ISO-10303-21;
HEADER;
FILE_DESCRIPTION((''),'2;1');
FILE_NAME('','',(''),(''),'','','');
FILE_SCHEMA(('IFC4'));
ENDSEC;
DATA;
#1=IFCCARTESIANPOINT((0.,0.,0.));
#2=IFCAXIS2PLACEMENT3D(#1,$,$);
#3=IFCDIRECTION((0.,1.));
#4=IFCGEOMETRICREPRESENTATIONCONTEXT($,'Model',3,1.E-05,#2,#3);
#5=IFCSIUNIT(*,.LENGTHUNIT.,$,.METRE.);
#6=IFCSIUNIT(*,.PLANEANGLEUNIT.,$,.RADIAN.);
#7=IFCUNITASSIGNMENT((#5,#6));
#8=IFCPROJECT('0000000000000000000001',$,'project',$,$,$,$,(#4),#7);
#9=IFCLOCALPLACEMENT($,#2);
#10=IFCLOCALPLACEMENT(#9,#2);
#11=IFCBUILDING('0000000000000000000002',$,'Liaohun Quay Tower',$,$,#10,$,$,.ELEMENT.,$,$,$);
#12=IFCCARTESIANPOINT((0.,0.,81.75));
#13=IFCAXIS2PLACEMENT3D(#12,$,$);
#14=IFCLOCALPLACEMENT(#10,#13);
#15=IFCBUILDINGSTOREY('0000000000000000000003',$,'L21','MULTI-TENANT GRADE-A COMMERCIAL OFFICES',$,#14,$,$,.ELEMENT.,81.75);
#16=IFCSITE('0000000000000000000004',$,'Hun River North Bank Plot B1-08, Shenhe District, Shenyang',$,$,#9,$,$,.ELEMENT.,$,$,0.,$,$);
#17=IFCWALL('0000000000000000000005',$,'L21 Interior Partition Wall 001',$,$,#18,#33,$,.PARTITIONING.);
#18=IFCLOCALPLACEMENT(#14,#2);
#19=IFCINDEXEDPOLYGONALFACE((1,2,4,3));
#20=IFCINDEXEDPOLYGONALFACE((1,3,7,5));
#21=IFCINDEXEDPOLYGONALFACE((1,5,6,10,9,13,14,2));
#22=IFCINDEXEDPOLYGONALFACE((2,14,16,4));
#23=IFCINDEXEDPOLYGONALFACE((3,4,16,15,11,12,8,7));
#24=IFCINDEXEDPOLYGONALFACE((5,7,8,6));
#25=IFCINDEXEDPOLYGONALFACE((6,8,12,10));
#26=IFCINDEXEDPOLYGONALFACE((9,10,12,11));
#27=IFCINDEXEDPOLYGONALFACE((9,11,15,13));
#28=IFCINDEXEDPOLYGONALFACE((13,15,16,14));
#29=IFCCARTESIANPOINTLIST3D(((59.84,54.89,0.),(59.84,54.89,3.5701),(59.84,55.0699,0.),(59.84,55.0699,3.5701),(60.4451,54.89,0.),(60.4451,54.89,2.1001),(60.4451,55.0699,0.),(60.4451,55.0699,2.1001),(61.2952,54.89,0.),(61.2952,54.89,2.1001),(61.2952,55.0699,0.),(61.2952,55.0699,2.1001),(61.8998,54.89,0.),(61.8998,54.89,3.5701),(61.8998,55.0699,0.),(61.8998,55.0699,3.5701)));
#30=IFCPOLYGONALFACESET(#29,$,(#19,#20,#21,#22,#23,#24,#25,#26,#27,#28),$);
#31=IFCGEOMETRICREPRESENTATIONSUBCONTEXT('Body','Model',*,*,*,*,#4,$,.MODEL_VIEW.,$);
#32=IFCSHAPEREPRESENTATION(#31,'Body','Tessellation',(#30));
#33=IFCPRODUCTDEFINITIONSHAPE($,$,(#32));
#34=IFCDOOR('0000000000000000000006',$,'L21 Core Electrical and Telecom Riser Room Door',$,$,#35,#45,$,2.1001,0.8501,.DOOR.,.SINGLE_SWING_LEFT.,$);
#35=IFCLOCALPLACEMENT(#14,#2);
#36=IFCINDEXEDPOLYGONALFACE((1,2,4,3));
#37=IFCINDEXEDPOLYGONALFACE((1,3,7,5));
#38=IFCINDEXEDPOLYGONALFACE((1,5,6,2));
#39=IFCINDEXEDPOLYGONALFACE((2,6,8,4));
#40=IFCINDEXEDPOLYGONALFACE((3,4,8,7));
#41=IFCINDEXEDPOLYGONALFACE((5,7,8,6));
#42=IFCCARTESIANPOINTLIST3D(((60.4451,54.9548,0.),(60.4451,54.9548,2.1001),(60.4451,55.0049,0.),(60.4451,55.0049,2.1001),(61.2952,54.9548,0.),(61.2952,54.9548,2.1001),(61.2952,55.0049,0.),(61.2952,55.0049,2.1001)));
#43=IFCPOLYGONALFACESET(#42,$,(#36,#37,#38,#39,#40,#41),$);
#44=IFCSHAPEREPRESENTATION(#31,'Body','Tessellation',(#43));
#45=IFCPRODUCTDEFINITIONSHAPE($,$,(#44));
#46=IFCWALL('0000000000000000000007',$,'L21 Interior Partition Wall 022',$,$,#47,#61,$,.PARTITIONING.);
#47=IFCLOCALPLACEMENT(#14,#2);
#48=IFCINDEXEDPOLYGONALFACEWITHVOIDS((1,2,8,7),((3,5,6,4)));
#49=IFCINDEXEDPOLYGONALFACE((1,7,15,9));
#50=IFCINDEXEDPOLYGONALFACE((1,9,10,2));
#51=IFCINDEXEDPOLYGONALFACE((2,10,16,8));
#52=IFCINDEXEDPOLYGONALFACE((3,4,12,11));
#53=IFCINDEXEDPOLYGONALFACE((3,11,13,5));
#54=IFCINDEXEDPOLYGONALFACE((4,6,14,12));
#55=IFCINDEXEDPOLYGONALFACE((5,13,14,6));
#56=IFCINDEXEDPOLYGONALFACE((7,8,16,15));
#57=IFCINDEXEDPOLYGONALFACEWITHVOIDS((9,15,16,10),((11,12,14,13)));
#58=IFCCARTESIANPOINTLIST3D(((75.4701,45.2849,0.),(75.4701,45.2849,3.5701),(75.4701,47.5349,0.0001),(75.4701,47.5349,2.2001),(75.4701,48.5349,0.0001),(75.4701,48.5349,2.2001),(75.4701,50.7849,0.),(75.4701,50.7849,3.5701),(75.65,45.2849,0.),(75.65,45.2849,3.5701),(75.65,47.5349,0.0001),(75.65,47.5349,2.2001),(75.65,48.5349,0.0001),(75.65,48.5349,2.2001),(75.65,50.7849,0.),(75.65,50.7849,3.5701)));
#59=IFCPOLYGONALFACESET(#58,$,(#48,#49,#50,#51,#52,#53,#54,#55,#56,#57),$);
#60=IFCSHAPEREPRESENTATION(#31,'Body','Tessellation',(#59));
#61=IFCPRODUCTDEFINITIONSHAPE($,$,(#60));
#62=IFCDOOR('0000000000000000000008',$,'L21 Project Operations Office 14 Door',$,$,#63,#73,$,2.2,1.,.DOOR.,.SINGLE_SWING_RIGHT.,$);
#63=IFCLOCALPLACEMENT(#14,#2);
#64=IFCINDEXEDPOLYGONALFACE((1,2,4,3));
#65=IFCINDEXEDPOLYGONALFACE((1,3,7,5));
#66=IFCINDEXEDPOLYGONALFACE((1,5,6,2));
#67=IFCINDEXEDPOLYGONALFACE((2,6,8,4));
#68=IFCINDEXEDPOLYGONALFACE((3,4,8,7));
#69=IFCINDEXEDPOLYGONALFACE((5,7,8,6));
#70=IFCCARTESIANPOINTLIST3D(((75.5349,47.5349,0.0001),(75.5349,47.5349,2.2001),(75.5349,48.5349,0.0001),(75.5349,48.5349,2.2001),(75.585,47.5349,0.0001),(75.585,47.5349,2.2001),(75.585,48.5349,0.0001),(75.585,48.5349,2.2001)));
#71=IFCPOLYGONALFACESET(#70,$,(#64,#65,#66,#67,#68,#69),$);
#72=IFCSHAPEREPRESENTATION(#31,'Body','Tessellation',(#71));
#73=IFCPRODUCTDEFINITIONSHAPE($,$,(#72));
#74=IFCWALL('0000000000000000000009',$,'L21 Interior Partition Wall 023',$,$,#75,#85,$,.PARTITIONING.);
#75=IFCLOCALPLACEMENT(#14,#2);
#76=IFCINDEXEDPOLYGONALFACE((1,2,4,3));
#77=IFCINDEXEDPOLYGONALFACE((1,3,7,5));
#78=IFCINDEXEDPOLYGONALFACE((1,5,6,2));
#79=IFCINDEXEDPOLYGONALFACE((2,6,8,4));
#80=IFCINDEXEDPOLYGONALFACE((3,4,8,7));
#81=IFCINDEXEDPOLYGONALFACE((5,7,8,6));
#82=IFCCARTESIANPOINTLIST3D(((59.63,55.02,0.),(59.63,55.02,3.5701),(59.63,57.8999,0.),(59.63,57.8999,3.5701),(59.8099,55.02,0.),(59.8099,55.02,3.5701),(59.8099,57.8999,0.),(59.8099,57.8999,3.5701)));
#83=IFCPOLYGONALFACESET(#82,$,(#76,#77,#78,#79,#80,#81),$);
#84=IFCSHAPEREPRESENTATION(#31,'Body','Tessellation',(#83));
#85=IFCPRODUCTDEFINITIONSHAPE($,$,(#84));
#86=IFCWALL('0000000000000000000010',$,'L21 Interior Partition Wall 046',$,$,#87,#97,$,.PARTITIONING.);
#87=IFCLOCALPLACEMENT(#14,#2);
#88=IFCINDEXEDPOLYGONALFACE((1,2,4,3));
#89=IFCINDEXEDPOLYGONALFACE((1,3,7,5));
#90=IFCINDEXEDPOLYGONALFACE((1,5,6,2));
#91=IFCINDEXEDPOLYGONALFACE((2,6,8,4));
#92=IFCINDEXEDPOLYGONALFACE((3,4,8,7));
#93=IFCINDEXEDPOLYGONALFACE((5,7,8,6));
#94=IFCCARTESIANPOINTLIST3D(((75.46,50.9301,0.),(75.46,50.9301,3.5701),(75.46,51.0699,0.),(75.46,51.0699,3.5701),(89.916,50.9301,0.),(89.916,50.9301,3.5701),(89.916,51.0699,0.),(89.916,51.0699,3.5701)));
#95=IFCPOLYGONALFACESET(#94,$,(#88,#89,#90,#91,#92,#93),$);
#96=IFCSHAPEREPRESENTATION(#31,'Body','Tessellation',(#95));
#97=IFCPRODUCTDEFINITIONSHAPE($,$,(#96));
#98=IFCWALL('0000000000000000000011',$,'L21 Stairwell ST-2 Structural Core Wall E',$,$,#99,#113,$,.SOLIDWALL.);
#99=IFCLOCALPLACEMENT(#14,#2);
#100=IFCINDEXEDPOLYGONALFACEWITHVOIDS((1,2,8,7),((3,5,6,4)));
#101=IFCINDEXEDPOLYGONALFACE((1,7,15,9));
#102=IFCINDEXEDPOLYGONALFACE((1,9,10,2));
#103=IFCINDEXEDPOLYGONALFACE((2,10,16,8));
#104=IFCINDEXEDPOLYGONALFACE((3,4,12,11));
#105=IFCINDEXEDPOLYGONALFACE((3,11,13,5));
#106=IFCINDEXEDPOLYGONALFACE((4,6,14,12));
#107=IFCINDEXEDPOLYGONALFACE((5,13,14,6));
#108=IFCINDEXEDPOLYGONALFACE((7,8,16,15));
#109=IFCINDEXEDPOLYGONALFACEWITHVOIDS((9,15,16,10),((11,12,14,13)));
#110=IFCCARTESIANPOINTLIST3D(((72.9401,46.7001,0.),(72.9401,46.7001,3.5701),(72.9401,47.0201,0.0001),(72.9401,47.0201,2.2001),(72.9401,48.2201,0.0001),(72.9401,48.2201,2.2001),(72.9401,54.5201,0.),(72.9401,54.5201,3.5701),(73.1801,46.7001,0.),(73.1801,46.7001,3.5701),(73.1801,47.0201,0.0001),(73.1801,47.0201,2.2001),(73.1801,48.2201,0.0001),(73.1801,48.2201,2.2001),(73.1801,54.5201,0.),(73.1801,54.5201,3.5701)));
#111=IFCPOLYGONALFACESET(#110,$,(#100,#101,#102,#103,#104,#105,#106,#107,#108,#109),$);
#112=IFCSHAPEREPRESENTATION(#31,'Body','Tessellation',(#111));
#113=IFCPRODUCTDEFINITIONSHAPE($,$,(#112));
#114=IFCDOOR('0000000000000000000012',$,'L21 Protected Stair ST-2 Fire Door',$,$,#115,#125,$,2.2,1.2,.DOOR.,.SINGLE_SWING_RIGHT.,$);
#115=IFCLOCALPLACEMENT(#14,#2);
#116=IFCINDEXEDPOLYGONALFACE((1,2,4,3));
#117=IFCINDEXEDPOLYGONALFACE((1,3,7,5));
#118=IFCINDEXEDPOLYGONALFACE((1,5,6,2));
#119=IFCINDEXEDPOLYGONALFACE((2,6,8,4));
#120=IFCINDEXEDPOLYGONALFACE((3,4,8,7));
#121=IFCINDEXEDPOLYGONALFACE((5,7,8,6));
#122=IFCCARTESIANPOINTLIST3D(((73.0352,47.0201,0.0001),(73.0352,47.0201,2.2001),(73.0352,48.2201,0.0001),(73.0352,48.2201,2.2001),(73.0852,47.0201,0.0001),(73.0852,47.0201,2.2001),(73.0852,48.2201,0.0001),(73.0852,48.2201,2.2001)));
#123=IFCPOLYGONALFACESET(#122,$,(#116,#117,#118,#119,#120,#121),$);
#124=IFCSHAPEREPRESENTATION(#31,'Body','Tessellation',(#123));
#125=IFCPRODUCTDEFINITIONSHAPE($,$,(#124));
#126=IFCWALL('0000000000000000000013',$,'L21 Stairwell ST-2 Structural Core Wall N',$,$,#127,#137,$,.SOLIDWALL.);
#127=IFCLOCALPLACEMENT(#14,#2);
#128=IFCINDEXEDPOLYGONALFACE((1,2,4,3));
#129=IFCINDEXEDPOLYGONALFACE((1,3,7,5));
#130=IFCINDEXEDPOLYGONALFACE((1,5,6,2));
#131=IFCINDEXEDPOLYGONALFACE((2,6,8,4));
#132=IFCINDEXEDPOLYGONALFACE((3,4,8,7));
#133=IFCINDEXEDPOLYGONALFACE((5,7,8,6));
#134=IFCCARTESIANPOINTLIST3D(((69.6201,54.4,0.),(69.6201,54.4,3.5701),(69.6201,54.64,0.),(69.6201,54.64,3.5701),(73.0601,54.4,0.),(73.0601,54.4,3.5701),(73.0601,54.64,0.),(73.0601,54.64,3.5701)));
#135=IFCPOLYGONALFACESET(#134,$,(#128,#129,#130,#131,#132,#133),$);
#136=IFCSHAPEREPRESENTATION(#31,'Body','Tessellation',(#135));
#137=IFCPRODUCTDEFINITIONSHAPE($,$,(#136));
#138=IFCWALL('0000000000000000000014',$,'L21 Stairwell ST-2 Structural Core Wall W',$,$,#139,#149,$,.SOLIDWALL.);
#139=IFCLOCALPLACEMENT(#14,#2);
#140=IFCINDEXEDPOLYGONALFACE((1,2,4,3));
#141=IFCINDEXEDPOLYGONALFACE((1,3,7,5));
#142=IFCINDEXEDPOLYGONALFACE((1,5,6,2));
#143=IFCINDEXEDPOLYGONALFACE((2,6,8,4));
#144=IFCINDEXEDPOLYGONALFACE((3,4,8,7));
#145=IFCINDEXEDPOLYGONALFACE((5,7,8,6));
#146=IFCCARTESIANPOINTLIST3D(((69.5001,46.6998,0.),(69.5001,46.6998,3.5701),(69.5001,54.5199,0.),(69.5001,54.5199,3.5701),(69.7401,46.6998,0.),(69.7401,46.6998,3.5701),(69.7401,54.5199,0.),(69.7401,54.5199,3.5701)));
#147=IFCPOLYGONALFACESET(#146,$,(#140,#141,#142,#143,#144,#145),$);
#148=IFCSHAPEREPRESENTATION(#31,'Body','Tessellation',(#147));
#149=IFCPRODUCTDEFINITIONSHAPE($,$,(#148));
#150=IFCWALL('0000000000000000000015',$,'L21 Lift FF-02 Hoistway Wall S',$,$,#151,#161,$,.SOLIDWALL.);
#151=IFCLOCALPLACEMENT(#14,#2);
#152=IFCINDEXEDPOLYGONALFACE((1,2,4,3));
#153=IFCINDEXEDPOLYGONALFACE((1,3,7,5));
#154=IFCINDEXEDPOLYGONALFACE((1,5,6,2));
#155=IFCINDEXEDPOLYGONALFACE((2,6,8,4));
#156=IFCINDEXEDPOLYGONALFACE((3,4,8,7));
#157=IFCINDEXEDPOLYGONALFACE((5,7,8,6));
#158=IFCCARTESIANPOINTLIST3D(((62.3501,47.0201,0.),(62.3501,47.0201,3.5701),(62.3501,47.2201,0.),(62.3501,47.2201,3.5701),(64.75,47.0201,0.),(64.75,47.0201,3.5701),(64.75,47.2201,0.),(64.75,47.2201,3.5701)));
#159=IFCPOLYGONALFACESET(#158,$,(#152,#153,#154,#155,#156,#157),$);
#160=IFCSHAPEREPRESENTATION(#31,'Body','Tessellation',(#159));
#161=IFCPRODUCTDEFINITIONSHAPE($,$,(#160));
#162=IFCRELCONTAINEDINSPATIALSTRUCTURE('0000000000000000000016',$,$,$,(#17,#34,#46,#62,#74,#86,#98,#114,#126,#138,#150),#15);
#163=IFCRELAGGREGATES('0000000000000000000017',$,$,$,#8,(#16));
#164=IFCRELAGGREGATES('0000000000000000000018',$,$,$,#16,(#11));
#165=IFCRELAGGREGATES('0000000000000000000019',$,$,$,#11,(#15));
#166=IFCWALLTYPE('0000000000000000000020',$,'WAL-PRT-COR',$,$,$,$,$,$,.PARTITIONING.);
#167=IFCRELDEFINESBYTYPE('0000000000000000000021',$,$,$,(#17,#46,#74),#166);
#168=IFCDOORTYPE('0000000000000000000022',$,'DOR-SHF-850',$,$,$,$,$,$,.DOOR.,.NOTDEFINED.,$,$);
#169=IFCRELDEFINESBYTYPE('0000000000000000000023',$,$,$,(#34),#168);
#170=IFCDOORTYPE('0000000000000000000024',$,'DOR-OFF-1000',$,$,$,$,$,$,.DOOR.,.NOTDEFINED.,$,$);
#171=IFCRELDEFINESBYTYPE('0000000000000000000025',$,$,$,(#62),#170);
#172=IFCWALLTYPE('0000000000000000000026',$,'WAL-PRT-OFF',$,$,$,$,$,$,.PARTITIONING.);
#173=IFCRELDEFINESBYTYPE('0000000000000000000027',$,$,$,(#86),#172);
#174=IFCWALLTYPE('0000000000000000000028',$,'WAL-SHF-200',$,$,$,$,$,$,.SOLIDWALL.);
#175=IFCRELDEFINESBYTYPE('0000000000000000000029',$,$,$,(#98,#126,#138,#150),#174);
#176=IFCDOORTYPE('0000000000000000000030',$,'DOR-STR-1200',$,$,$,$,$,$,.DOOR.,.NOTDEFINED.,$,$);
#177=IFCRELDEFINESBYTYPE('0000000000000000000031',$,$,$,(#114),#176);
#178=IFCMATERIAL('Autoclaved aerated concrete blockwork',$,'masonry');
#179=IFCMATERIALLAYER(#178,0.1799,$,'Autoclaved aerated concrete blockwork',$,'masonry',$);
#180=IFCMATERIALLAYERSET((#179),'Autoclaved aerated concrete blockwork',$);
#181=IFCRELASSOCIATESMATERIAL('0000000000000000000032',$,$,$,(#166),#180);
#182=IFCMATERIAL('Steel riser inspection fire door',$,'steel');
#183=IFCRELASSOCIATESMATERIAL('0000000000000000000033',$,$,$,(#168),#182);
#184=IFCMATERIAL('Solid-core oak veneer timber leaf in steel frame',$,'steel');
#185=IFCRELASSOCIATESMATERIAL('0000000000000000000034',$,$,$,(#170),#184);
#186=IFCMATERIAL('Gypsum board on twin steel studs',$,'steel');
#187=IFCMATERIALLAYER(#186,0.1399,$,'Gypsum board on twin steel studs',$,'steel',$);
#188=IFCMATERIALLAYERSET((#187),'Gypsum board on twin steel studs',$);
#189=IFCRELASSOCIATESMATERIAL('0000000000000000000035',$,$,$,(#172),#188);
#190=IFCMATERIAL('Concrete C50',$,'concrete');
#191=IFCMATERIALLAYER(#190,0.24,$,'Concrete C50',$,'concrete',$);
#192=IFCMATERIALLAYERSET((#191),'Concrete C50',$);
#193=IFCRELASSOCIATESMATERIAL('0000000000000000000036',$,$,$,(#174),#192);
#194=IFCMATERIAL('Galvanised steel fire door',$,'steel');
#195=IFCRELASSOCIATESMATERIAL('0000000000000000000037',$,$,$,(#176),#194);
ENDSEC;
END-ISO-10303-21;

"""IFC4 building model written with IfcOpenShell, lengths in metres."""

from ifc_helpers import new_model, si_unit, direction, frame, frame_2d, origin, place, context, subcontext, project, spatial, rectangle, extrude, source, transform, mapped, material, layer, layer_set, type_object, element, fill, save


model = new_model("IFC4")

# Units and contexts
model_context = context("Model", 3, precision=1e-05, world=origin(), true_north=direction((0.0, 1.0)))
body_context = subcontext(model_context, "Body", "Model", "MODEL_VIEW")
ifc_project = project(units=[si_unit("LENGTHUNIT", "METRE"), si_unit("PLANEANGLEUNIT", "RADIAN")], contexts=[model_context])

# Site, building, storey
site_placement = place(None, origin())
site = spatial("IfcSite", under=ifc_project, at=site_placement, Name="Hun River North Bank Plot B1-08, Shenhe District, Shenyang", CompositionType="ELEMENT", RefElevation=0.0)
building_placement = place(site_placement, origin())
building = spatial("IfcBuilding", under=site, at=building_placement, Name="Liaohun Quay Tower", CompositionType="ELEMENT")
storey_placement = place(building_placement, frame((0.0, 0.0, 81.75)))
storey = spatial("IfcBuildingStorey", under=building, at=storey_placement, Name="L21", Description="MULTI-TENANT GRADE-A COMMERCIAL OFFICES", CompositionType="ELEMENT", Elevation=81.75)

# Walls, openings, doors
ifc_material_1 = material(Name="Autoclaved aerated concrete blockwork", Category="masonry")
ifc_layer_1 = layer(ifc_material_1, 0.1799, Name="Autoclaved aerated concrete blockwork", Category="masonry")
ifc_layer_set_1 = layer_set([ifc_layer_1], Name="Autoclaved aerated concrete blockwork")
wall_type_1 = type_object("IfcWallType", Name="WAL-PRT-COR", PredefinedType="PARTITIONING", material=ifc_layer_set_1)
wall_1_placement = place(storey_placement, frame((59.8401, 54.98, 0.0), z_axis=(0.0, 0.0, 1.0), x_axis=(1.0, 0.0, 0.0)))
wall_1 = element("IfcWall", 1, at=wall_1_placement, inside=storey, type_object=wall_type_1, Name="L21 Interior Partition Wall 001", PredefinedType="PARTITIONING", context=body_context, shape_type="SweptSolid", body=[
    extrude(rectangle(XDim=2.0598, YDim=0.1799, at=frame_2d((1.0298, 0.0))), origin(), (0.0, 0.0, 1.0), 3.5701),
])
shared_shape_1 = source(origin(), body_context, "Body", "SweptSolid", [
    extrude(rectangle(XDim=0.8501, YDim=2.1001, at=frame_2d((0.425, 1.05))), frame((0.0, 0.0999, 0.0), z_axis=(0.0, -1.0, 0.0), x_axis=(1.0, 0.0, 0.0)), (0.0, 0.0, 1.0), 0.2),
])
opening_1_placement = place(wall_1_placement, frame((0.605, 0.0, 0.0)))
opening_1 = element("IfcOpeningElement", 2, at=opening_1_placement, cuts=wall_1, PredefinedType="OPENING", context=body_context, shape_type="MappedRepresentation", body=[
    mapped(shared_shape_1, transform((0.0, 0.0, 0.0), x_axis=(1.0, 0.0, 0.0), y_axis=(0.0, 1.0, 0.0), z_axis=(0.0, 0.0, 1.0), scale=1.0)),
])
ifc_material_2 = material(Name="Steel riser inspection fire door", Category="steel")
door_type_1 = type_object("IfcDoorType", Name="DOR-SHF-850", OperationType="NOTDEFINED", PredefinedType="DOOR", material=ifc_material_2)
shared_shape_2 = source(origin(), body_context, "Body", "SweptSolid", [
    extrude(rectangle(XDim=0.8501, YDim=2.1001, at=frame_2d((0.425, 1.05))), frame((0.0, 0.0249, 0.0), z_axis=(0.0, -1.0, 0.0), x_axis=(1.0, 0.0, 0.0)), (0.0, 0.0, 1.0), 0.05),
])
door_1_placement = place(opening_1_placement, origin())
door_1 = element("IfcDoor", 3, at=door_1_placement, inside=storey, type_object=door_type_1, Name="L21 Core Electrical and Telecom Riser Room Door", OperationType="SINGLE_SWING_LEFT", OverallHeight=2.1001, OverallWidth=0.8501, PredefinedType="DOOR", context=body_context, shape_type="MappedRepresentation", body=[
    mapped(shared_shape_2, transform((0.0, 0.0, 0.0), x_axis=(1.0, 0.0, 0.0), y_axis=(0.0, 1.0, 0.0), z_axis=(0.0, 0.0, 1.0), scale=1.0)),
])
fill(opening_1, door_1)
wall_2_placement = place(storey_placement, frame((75.5601, 50.7849, 0.0), z_axis=(0.0, 0.0, 1.0), x_axis=(0.0, -1.0, 0.0)))
wall_2 = element("IfcWall", 4, at=wall_2_placement, inside=storey, type_object=wall_type_1, Name="L21 Interior Partition Wall 022", PredefinedType="PARTITIONING", context=body_context, shape_type="SweptSolid", body=[
    extrude(rectangle(XDim=5.5, YDim=0.1799, at=frame_2d((2.75, 0.0))), origin(), (0.0, 0.0, 1.0), 3.5701),
])
shared_shape_3 = source(origin(), body_context, "Body", "SweptSolid", [
    extrude(rectangle(XDim=1.0, YDim=2.2, at=frame_2d((0.5, 1.1001))), frame((0.0, 0.0999, 0.0), z_axis=(0.0, -1.0, 0.0), x_axis=(1.0, 0.0, 0.0)), (0.0, 0.0, 1.0), 0.2),
])
opening_2_placement = place(wall_2_placement, frame((2.25, 0.0, 0.0)))
opening_2 = element("IfcOpeningElement", 5, at=opening_2_placement, cuts=wall_2, PredefinedType="OPENING", context=body_context, shape_type="MappedRepresentation", body=[
    mapped(shared_shape_3, transform((0.0, 0.0, 0.0), x_axis=(1.0, 0.0, 0.0), y_axis=(0.0, 1.0, 0.0), z_axis=(0.0, 0.0, 1.0), scale=1.0)),
])
ifc_material_3 = material(Name="Solid-core oak veneer timber leaf in steel frame", Category="steel")
door_type_2 = type_object("IfcDoorType", Name="DOR-OFF-1000", OperationType="NOTDEFINED", PredefinedType="DOOR", material=ifc_material_3)
shared_shape_4 = source(origin(), body_context, "Body", "SweptSolid", [
    extrude(rectangle(XDim=1.0, YDim=2.2, at=frame_2d((0.5, 1.1001))), frame((0.0, 0.0249, 0.0), z_axis=(0.0, -1.0, 0.0), x_axis=(1.0, 0.0, 0.0)), (0.0, 0.0, 1.0), 0.05),
])
door_2_placement = place(opening_2_placement, origin())
door_2 = element("IfcDoor", 6, at=door_2_placement, inside=storey, type_object=door_type_2, Name="L21 Project Operations Office 14 Door", OperationType="SINGLE_SWING_RIGHT", OverallHeight=2.2, OverallWidth=1.0, PredefinedType="DOOR", context=body_context, shape_type="MappedRepresentation", body=[
    mapped(shared_shape_4, transform((0.0, 0.0, 0.0), x_axis=(1.0, 0.0, 0.0), y_axis=(0.0, 1.0, 0.0), z_axis=(0.0, 0.0, 1.0), scale=1.0)),
])
fill(opening_2, door_2)

# Walls
wall_3_placement = place(storey_placement, frame((59.72, 55.02, 0.0), z_axis=(0.0, 0.0, 1.0), x_axis=(0.0, 1.0, 0.0)))
element("IfcWall", 7, at=wall_3_placement, inside=storey, type_object=wall_type_1, Name="L21 Interior Partition Wall 023", PredefinedType="PARTITIONING", context=body_context, shape_type="SweptSolid", body=[
    extrude(rectangle(XDim=2.8799, YDim=0.1799, at=frame_2d((1.4399, 0.0))), origin(), (0.0, 0.0, 1.0), 3.5701),
])
ifc_material_4 = material(Name="Gypsum board on twin steel studs", Category="steel")
ifc_layer_2 = layer(ifc_material_4, 0.1399, Name="Gypsum board on twin steel studs", Category="steel")
ifc_layer_set_2 = layer_set([ifc_layer_2], Name="Gypsum board on twin steel studs")
wall_type_2 = type_object("IfcWallType", Name="WAL-PRT-OFF", PredefinedType="PARTITIONING", material=ifc_layer_set_2)
wall_4_placement = place(storey_placement, frame((75.46, 51.0, 0.0), z_axis=(0.0, 0.0, 1.0), x_axis=(1.0, 0.0, 0.0)))
element("IfcWall", 8, at=wall_4_placement, inside=storey, type_object=wall_type_2, Name="L21 Interior Partition Wall 046", PredefinedType="PARTITIONING", context=body_context, shape_type="SweptSolid", body=[
    extrude(rectangle(XDim=14.4561, YDim=0.1399, at=frame_2d((7.228, 0.0))), origin(), (0.0, 0.0, 1.0), 3.5701),
])

# Wall, opening, door
ifc_material_5 = material(Name="Concrete C50", Category="concrete")
ifc_layer_3 = layer(ifc_material_5, 0.24, Name="Concrete C50", Category="concrete")
ifc_layer_set_3 = layer_set([ifc_layer_3], Name="Concrete C50")
wall_type_3 = type_object("IfcWallType", Name="WAL-SHF-200", PredefinedType="SOLIDWALL", material=ifc_layer_set_3)
wall_5_placement = place(storey_placement, frame((73.0601, 46.7, 0.0), z_axis=(0.0, 0.0, 1.0), x_axis=(0.0, 1.0, 0.0)))
wall_5 = element("IfcWall", 9, at=wall_5_placement, inside=storey, type_object=wall_type_3, Name="L21 Stairwell ST-2 Structural Core Wall E", PredefinedType="SOLIDWALL", context=body_context, shape_type="SweptSolid", body=[
    extrude(rectangle(XDim=7.8201, YDim=0.24, at=frame_2d((3.9102, 0.0))), origin(), (0.0, 0.0, 1.0), 3.5701),
])
shared_shape_5 = source(origin(), body_context, "Body", "SweptSolid", [
    extrude(rectangle(XDim=1.2, YDim=2.2, at=frame_2d((0.6001, 1.1001))), frame((0.0, 0.1299, 0.0), z_axis=(0.0, -1.0, 0.0), x_axis=(1.0, 0.0, 0.0)), (0.0, 0.0, 1.0), 0.26),
])
opening_3_placement = place(wall_5_placement, frame((0.3201, 0.0, 0.0)))
opening_3 = element("IfcOpeningElement", 10, at=opening_3_placement, cuts=wall_5, PredefinedType="OPENING", context=body_context, shape_type="MappedRepresentation", body=[
    mapped(shared_shape_5, transform((0.0, 0.0, 0.0), x_axis=(1.0, 0.0, 0.0), y_axis=(0.0, 1.0, 0.0), z_axis=(0.0, 0.0, 1.0), scale=1.0)),
])
ifc_material_6 = material(Name="Galvanised steel fire door", Category="steel")
door_type_3 = type_object("IfcDoorType", Name="DOR-STR-1200", OperationType="NOTDEFINED", PredefinedType="DOOR", material=ifc_material_6)
shared_shape_6 = source(origin(), body_context, "Body", "SweptSolid", [
    extrude(rectangle(XDim=1.2, YDim=2.2, at=frame_2d((0.6001, 1.1001))), frame((0.0, 0.0249, 0.0), z_axis=(0.0, -1.0, 0.0), x_axis=(1.0, 0.0, 0.0)), (0.0, 0.0, 1.0), 0.05),
])
door_3_placement = place(opening_3_placement, origin())
door_3 = element("IfcDoor", 11, at=door_3_placement, inside=storey, type_object=door_type_3, Name="L21 Protected Stair ST-2 Fire Door", OperationType="SINGLE_SWING_RIGHT", OverallHeight=2.2, OverallWidth=1.2, PredefinedType="DOOR", context=body_context, shape_type="MappedRepresentation", body=[
    mapped(shared_shape_6, transform((0.0, 0.0, 0.0), x_axis=(1.0, 0.0, 0.0), y_axis=(0.0, 1.0, 0.0), z_axis=(0.0, 0.0, 1.0), scale=1.0)),
])
fill(opening_3, door_3)

# Walls
wall_6_placement = place(storey_placement, frame((73.0601, 54.52, 0.0), z_axis=(0.0, 0.0, 1.0), x_axis=(-1.0, 0.0, 0.0)))
element("IfcWall", 12, at=wall_6_placement, inside=storey, type_object=wall_type_3, Name="L21 Stairwell ST-2 Structural Core Wall N", PredefinedType="SOLIDWALL", context=body_context, shape_type="SweptSolid", body=[
    extrude(rectangle(XDim=3.4399, YDim=0.24, at=frame_2d((1.72, 0.0))), origin(), (0.0, 0.0, 1.0), 3.5701),
])
wall_7_placement = place(storey_placement, frame((69.6201, 54.52, 0.0), z_axis=(0.0, 0.0, 1.0), x_axis=(0.0, -1.0, 0.0)))
element("IfcWall", 13, at=wall_7_placement, inside=storey, type_object=wall_type_3, Name="L21 Stairwell ST-2 Structural Core Wall W", PredefinedType="SOLIDWALL", context=body_context, shape_type="SweptSolid", body=[
    extrude(rectangle(XDim=7.8201, YDim=0.24, at=frame_2d((3.9102, 0.0))), origin(), (0.0, 0.0, 1.0), 3.5701),
])
wall_8_placement = place(storey_placement, frame((62.3501, 47.1201, 0.0), z_axis=(0.0, 0.0, 1.0), x_axis=(1.0, 0.0, 0.0)))
element("IfcWall", 14, at=wall_8_placement, inside=storey, type_object=wall_type_3, Name="L21 Lift FF-02 Hoistway Wall S", PredefinedType="SOLIDWALL", context=body_context, shape_type="SweptSolid", body=[
    extrude(rectangle(XDim=2.3999, YDim=0.2, at=frame_2d((1.2, 0.0))), origin(), (0.0, 0.0, 1.0), 3.5701),
])

save(model, "model.ifc")
